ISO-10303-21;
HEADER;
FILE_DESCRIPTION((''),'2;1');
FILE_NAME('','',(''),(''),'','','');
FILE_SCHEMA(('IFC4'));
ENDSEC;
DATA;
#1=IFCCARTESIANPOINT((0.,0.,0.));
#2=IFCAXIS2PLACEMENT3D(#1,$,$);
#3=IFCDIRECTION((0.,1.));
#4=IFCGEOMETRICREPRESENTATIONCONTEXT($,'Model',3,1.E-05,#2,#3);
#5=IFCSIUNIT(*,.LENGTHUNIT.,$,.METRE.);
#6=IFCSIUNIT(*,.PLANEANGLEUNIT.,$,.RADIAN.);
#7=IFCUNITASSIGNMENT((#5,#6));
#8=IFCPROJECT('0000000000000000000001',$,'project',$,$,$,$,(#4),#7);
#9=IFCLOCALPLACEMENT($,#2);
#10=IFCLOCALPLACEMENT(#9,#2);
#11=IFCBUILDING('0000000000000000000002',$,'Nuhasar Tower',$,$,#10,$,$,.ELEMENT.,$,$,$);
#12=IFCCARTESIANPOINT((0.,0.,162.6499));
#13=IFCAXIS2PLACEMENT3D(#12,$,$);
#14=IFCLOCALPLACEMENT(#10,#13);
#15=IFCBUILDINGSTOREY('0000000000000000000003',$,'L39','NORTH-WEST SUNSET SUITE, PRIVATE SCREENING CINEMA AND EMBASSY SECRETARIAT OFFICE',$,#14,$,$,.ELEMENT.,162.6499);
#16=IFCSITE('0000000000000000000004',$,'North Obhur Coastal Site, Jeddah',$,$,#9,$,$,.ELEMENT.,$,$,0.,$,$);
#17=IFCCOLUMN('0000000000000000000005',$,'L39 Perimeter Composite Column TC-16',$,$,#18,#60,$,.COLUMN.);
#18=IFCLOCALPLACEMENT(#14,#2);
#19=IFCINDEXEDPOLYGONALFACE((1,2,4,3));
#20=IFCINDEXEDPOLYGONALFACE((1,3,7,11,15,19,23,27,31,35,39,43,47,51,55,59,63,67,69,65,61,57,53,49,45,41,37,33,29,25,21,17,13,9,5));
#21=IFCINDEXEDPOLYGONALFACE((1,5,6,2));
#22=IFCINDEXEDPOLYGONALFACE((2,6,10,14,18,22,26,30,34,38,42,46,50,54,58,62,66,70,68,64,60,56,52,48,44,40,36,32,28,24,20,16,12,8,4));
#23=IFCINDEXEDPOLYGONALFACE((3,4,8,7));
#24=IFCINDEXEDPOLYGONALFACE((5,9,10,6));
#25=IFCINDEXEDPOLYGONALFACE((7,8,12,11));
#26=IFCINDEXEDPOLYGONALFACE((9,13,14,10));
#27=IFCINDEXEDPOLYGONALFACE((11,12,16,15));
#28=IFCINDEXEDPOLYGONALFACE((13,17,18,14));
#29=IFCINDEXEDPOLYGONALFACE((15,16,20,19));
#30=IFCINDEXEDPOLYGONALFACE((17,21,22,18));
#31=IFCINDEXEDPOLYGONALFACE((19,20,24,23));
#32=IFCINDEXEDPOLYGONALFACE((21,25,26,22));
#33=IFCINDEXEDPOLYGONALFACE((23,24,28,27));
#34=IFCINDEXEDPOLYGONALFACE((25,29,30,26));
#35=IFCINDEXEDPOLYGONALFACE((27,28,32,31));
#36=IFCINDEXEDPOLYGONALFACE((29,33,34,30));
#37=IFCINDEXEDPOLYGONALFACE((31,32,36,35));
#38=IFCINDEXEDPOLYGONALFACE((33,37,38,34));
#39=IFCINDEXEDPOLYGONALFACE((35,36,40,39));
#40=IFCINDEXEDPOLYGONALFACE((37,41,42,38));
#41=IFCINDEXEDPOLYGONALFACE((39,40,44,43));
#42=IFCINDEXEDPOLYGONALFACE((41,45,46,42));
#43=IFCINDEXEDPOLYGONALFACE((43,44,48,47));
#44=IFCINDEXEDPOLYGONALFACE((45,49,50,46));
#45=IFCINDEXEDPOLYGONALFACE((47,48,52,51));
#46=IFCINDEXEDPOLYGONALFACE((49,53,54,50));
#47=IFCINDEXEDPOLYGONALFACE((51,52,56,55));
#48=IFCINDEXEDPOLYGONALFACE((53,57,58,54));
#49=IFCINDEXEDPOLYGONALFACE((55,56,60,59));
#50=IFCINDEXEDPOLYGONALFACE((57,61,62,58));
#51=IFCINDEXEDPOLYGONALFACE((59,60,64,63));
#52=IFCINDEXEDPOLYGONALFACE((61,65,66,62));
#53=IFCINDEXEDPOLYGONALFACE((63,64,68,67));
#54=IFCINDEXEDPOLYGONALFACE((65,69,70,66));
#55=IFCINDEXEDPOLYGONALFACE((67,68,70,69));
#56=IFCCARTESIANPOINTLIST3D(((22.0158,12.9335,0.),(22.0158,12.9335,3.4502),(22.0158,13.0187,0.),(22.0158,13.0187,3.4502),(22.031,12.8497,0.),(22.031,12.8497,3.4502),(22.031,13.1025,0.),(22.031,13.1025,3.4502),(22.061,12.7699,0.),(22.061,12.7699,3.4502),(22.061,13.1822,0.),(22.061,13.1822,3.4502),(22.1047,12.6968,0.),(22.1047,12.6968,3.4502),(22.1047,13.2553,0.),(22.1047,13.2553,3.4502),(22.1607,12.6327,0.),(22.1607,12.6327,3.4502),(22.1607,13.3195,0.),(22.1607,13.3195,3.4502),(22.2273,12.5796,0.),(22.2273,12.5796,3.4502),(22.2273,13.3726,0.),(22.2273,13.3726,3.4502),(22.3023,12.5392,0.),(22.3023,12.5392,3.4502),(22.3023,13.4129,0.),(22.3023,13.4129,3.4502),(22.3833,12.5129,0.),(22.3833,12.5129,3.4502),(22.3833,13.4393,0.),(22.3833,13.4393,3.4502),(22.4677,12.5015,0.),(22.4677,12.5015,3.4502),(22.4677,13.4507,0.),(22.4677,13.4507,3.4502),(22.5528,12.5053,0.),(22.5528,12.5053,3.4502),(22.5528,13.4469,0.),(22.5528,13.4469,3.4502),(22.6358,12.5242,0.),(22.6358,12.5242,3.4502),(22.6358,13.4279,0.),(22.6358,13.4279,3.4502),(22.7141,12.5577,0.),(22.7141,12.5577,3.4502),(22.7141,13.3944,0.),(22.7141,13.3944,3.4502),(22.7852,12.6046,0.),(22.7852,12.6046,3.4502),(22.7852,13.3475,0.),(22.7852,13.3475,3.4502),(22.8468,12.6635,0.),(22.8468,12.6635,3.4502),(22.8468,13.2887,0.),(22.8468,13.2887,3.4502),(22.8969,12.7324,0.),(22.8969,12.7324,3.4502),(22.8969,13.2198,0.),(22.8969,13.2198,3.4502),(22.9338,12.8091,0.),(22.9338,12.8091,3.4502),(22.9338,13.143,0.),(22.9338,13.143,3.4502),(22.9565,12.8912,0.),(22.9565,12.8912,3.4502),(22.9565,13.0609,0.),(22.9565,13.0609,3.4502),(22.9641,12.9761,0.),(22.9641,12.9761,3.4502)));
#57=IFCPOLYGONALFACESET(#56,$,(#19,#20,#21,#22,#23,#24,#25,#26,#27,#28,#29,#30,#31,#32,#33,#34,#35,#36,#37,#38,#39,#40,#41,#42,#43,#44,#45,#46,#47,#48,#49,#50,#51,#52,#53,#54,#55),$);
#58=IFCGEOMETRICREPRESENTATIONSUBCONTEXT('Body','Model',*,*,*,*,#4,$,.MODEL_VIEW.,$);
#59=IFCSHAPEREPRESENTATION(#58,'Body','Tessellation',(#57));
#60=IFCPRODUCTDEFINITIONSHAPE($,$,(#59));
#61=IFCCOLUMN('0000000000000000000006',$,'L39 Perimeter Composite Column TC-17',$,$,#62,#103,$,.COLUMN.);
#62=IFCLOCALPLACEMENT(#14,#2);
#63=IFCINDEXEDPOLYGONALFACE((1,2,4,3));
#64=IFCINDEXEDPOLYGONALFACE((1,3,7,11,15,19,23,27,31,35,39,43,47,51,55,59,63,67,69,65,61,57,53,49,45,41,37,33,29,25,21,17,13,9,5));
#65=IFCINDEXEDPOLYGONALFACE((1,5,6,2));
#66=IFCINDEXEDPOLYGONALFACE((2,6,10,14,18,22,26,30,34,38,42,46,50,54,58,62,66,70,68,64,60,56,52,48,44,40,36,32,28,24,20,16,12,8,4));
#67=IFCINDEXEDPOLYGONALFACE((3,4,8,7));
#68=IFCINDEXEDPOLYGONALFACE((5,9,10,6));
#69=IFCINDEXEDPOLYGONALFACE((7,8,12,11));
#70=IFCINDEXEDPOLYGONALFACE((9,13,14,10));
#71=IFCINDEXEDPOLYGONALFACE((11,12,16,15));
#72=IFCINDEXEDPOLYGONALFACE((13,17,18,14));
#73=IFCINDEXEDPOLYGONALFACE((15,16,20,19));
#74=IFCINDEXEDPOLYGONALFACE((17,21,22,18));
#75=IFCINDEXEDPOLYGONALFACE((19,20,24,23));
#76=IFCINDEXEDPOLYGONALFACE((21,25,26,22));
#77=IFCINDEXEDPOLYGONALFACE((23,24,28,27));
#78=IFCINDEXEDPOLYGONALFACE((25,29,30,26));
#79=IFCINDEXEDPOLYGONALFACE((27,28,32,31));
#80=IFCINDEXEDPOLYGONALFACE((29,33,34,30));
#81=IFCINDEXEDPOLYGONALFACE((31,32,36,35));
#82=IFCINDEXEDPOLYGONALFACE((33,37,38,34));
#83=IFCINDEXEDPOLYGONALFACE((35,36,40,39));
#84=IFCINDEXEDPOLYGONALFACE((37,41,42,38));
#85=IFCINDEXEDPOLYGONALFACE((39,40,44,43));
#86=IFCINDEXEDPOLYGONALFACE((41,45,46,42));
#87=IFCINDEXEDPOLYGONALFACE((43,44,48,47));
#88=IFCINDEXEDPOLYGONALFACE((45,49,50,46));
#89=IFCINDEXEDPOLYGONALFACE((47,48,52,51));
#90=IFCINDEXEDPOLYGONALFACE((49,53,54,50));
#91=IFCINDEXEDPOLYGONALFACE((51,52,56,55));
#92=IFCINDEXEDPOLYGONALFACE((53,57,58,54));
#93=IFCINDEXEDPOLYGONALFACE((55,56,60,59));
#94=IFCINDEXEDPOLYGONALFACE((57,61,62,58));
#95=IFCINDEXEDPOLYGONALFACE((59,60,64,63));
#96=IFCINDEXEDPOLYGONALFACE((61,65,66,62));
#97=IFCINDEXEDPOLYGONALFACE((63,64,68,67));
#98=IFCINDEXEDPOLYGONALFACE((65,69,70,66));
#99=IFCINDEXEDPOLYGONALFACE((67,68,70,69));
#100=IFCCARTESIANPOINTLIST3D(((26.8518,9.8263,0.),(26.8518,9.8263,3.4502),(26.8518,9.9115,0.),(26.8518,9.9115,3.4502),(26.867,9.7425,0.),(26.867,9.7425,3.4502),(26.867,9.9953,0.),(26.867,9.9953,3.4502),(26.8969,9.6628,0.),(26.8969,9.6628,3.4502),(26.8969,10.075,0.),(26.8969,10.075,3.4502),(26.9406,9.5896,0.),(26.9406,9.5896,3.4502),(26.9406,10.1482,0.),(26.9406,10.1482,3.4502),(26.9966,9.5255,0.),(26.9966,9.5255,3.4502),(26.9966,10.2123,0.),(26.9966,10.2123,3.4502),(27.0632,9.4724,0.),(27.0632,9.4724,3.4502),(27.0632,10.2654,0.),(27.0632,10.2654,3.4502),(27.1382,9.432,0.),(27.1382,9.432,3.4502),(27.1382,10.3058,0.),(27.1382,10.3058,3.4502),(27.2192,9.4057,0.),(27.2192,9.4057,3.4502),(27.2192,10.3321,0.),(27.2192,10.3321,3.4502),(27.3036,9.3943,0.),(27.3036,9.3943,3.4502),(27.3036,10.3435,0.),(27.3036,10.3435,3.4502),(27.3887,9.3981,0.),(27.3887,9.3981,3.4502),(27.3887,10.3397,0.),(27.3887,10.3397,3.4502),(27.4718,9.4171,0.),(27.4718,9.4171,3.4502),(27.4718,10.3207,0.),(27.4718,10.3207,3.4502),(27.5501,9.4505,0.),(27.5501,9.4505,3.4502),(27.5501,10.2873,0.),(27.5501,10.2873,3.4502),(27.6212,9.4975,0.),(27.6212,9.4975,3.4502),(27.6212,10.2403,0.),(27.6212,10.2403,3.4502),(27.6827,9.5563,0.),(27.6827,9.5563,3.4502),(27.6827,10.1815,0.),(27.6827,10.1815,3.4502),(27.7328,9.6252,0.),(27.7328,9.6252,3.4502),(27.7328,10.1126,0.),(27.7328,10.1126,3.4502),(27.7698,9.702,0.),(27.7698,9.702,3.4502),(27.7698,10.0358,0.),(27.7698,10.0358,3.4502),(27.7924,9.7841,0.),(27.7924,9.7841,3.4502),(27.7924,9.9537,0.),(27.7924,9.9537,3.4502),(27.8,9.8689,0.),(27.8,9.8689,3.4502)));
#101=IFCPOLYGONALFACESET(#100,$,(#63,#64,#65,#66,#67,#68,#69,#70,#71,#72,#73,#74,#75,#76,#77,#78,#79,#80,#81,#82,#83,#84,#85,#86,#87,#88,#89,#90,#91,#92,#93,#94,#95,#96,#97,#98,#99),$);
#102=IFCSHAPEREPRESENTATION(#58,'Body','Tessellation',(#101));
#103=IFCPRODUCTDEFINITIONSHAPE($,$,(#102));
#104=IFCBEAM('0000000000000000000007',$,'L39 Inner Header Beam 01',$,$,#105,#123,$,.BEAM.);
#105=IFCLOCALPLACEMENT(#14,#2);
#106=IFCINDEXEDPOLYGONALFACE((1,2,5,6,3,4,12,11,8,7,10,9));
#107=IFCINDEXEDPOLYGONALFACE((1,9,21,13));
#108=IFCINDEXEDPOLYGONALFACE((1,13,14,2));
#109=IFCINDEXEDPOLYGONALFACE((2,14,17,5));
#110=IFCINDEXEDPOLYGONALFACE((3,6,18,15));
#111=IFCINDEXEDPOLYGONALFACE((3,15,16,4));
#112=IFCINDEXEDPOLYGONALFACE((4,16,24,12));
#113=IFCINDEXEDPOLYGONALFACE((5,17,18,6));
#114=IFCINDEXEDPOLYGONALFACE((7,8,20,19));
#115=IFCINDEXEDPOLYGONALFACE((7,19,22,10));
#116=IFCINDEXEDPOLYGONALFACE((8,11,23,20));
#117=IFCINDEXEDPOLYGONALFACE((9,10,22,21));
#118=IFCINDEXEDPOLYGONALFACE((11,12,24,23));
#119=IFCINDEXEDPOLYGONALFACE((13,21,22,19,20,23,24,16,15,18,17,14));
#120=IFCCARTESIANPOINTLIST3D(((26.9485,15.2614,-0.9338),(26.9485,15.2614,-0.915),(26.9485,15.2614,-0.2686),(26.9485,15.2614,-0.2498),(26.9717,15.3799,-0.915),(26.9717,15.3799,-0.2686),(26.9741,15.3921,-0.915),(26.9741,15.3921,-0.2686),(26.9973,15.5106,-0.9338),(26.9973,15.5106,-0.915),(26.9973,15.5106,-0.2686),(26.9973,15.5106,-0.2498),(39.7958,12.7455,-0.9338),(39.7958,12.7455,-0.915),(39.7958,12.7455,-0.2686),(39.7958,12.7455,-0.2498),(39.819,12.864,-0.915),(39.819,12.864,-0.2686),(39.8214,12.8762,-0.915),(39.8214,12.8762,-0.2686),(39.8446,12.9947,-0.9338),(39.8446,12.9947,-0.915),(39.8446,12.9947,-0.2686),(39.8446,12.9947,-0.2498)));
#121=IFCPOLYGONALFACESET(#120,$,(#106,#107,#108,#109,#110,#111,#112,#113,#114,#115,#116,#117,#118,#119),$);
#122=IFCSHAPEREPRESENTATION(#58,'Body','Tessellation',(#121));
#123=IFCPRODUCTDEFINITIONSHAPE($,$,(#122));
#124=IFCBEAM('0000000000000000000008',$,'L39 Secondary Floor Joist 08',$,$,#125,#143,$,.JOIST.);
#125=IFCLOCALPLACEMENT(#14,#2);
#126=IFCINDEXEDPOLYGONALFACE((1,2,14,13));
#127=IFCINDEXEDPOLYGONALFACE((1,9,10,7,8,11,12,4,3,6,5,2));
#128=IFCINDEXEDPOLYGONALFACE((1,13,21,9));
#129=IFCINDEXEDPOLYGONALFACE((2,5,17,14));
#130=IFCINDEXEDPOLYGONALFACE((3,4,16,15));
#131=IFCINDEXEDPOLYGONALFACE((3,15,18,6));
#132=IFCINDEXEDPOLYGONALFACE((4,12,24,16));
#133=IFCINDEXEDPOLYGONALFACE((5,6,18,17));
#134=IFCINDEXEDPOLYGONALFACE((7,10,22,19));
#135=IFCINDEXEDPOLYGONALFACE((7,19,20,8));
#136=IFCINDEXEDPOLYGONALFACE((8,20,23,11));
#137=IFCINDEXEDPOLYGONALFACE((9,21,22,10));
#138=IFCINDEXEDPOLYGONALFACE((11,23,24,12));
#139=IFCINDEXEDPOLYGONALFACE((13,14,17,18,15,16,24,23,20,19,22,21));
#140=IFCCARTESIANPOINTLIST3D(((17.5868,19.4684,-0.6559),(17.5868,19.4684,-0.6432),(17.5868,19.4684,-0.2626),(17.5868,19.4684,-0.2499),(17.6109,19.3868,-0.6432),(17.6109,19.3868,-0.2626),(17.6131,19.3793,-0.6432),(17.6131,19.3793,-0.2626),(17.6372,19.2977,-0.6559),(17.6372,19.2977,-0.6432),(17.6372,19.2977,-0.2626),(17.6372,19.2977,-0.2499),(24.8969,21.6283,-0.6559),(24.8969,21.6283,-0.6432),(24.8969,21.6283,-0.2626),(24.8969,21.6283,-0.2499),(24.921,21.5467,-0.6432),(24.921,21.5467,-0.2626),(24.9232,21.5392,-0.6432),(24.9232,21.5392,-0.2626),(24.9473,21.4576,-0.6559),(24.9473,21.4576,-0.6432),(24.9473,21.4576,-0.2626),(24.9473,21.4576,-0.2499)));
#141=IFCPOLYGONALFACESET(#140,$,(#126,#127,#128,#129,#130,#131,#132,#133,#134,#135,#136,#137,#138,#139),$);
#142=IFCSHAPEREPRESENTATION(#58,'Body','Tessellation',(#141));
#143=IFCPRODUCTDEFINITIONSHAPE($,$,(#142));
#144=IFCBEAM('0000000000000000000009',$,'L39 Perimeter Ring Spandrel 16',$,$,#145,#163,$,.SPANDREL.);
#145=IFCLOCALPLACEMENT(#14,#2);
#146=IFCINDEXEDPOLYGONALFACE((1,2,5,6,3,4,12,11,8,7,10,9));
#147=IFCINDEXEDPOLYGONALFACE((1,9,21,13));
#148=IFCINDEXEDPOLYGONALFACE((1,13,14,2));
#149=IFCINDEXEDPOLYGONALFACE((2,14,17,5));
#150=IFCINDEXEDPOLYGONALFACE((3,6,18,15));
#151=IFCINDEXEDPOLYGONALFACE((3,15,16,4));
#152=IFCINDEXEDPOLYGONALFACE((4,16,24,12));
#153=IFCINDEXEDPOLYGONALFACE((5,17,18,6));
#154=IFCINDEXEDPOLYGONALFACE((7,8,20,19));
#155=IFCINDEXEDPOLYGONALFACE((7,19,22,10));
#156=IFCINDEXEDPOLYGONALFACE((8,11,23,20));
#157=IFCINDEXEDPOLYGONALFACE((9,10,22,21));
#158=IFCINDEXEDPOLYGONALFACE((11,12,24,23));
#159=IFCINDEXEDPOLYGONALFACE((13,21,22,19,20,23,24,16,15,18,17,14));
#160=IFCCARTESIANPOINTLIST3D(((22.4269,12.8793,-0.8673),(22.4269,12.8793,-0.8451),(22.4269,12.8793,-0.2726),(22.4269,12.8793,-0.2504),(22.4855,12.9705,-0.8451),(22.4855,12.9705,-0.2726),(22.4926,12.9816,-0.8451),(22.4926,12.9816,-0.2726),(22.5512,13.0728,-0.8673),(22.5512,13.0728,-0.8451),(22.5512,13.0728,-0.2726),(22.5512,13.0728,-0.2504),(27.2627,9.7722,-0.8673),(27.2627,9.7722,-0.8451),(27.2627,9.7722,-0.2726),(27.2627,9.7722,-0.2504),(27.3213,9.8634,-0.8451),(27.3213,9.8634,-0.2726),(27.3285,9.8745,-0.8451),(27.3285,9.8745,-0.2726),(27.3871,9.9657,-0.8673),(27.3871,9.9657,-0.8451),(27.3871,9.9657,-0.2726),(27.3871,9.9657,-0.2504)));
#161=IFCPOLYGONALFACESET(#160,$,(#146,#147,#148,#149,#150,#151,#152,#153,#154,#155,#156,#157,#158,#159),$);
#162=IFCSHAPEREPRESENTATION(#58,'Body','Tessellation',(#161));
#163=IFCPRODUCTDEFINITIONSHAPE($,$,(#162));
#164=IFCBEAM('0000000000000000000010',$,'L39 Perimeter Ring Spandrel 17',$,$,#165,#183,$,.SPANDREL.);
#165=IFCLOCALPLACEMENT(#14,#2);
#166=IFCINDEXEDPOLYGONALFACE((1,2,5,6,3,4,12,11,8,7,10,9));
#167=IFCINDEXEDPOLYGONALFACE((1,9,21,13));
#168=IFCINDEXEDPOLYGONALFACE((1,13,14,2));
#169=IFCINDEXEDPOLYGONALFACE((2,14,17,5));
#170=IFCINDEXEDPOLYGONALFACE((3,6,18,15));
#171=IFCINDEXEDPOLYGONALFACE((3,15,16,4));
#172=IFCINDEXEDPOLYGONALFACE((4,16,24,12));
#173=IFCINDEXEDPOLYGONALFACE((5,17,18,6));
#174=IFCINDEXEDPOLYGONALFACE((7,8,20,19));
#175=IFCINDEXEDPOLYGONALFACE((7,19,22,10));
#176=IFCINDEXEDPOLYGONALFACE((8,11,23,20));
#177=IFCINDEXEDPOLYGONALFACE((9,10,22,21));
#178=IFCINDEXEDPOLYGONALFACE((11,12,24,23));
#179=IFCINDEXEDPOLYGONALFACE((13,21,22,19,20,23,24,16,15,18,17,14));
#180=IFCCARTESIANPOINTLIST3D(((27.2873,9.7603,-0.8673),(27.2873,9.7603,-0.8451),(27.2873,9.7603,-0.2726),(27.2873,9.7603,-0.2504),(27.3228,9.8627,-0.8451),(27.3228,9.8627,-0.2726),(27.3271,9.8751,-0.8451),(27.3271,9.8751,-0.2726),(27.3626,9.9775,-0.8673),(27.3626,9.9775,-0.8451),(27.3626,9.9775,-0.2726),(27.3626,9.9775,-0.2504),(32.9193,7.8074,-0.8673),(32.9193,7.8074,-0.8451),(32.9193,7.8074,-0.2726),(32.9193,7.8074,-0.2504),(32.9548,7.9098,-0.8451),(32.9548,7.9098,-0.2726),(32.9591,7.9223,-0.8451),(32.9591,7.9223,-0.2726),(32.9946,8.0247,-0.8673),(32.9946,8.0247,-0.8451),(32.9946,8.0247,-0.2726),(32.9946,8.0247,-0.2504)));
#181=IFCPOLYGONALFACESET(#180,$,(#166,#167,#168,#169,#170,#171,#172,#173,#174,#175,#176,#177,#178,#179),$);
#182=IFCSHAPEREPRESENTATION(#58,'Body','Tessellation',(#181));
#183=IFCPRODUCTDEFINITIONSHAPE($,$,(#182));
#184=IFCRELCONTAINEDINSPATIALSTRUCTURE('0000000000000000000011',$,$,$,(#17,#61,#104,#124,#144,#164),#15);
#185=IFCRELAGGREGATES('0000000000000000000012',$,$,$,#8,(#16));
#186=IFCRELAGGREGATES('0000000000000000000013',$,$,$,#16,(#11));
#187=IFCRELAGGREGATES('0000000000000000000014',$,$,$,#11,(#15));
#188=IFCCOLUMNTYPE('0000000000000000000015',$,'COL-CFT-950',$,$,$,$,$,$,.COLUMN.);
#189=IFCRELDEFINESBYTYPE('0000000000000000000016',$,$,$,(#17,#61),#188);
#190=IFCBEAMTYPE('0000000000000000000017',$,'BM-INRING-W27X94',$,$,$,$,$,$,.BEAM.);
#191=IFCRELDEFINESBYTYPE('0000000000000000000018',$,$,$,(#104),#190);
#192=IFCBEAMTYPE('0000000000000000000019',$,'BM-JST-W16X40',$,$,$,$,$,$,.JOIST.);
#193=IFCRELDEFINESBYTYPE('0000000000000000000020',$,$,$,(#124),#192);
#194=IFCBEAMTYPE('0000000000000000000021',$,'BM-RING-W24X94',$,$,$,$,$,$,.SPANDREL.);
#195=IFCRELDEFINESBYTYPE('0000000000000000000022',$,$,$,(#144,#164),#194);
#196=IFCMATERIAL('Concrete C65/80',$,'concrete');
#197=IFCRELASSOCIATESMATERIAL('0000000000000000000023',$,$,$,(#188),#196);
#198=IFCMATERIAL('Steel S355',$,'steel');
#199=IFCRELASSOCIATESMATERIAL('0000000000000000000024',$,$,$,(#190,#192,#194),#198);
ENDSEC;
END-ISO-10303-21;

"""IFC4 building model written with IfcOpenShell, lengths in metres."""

from ifc_helpers import new_model, si_unit, direction, frame, origin, origin_2d, place, context, subcontext, project, spatial, circle, i_section, extrude, material, material_profile, profile_set, type_object, element, save


model = new_model("IFC4")

# Units and contexts
model_context = context("Model", 3, precision=1e-05, world=origin(), true_north=direction((0.0, 1.0)))
body_context = subcontext(model_context, "Body", "Model", "MODEL_VIEW")
ifc_project = project(units=[si_unit("LENGTHUNIT", "METRE"), si_unit("PLANEANGLEUNIT", "RADIAN")], contexts=[model_context])

# Site, building, storey
site_placement = place(None, origin())
site = spatial("IfcSite", under=ifc_project, at=site_placement, Name="North Obhur Coastal Site, Jeddah", CompositionType="ELEMENT", RefElevation=0.0)
building_placement = place(site_placement, origin())
building = spatial("IfcBuilding", under=site, at=building_placement, Name="Nuhasar Tower", CompositionType="ELEMENT")
storey_placement = place(building_placement, frame((0.0, 0.0, 162.6499)))
storey = spatial("IfcBuildingStorey", under=building, at=storey_placement, Name="L39", Description="NORTH-WEST SUNSET SUITE, PRIVATE SCREENING CINEMA AND EMBASSY SECRETARIAT OFFICE", CompositionType="ELEMENT", Elevation=162.6499)

# Columns
ifc_material_1 = material(Name="Concrete C65/80", Category="concrete")
ifc_material_profile_1 = material_profile(ifc_material_1, circle(Radius=0.4751, at=origin_2d()), Name="CFT950")
ifc_profile_set_1 = profile_set([ifc_material_profile_1], Name="Concrete C65/80")
column_type = type_object("IfcColumnType", Name="COL-CFT-950", PredefinedType="COLUMN", material=ifc_profile_set_1)
for number, where, z_axis, x_axis, name in (
    (1, (22.489, 12.9761, 0.0), (0.0, 0.0, 1.0), (1.0, 0.0, 0.0), "L39 Perimeter Composite Column TC-16"),
    (2, (27.325, 9.8689, 0.0), (0.0, 0.0, 1.0), (1.0, 0.0, 0.0), "L39 Perimeter Composite Column TC-17"),
):
    element("IfcColumn", number, at=place(storey_placement, frame(where, z_axis=z_axis, x_axis=x_axis)), inside=storey, type_object=column_type, Name=name, PredefinedType="COLUMN", context=body_context, shape_type="SweptSolid", body=[
        extrude(circle(Radius=0.4751, at=origin_2d()), origin(), (0.0, 0.0, 1.0), 3.4502),
    ])

# Beams
ifc_material_2 = material(Name="Steel S355", Category="steel")
ifc_material_profile_2 = material_profile(ifc_material_2, i_section(OverallWidth=0.2539, OverallDepth=0.6841, WebThickness=0.0125, FlangeThickness=0.0188, at=origin_2d()), Name="W27X94")
ifc_profile_set_2 = profile_set([ifc_material_profile_2], Name="Steel S355")
beam_type_1 = type_object("IfcBeamType", Name="BM-INRING-W27X94", PredefinedType="BEAM", material=ifc_profile_set_2)
beam_1_placement = place(storey_placement, frame((26.9729, 15.386, -0.5918), z_axis=(0.98136, -0.19218, 0.0), x_axis=(0.19218, 0.98136, 0.0)))
element("IfcBeam", 3, at=beam_1_placement, inside=storey, type_object=beam_type_1, Name="L39 Inner Header Beam 01", PredefinedType="BEAM", context=body_context, shape_type="SweptSolid", body=[
    extrude(i_section(OverallWidth=0.2539, OverallDepth=0.6841, WebThickness=0.0125, FlangeThickness=0.0188, at=origin_2d()), origin(), (0.0, 0.0, 1.0), 13.0913),
])
ifc_material_profile_3 = material_profile(ifc_material_2, i_section(OverallWidth=0.178, OverallDepth=0.406, WebThickness=0.0078, FlangeThickness=0.0127, at=origin_2d()), Name="W16X40")
ifc_profile_set_3 = profile_set([ifc_material_profile_3], Name="Steel S355")
beam_type_2 = type_object("IfcBeamType", Name="BM-JST-W16X40", PredefinedType="JOIST", material=ifc_profile_set_3)
beam_2_placement = place(storey_placement, frame((24.9221, 21.543, -0.4529), z_axis=(-0.959013, -0.283361, 0.0), x_axis=(0.283361, -0.959013, 0.0)))
element("IfcBeam", 4, at=beam_2_placement, inside=storey, type_object=beam_type_2, Name="L39 Secondary Floor Joist 08", PredefinedType="JOIST", context=body_context, shape_type="SweptSolid", body=[
    extrude(i_section(OverallWidth=0.178, OverallDepth=0.406, WebThickness=0.0078, FlangeThickness=0.0127, at=origin_2d()), origin(), (0.0, 0.0, 1.0), 7.6226),
])
ifc_material_profile_4 = material_profile(ifc_material_2, i_section(OverallWidth=0.23, OverallDepth=0.6169, WebThickness=0.0132, FlangeThickness=0.0222, at=origin_2d()), Name="W24X94")
ifc_profile_set_4 = profile_set([ifc_material_profile_4], Name="Steel S355")
beam_type_3 = type_object("IfcBeamType", Name="BM-RING-W24X94", PredefinedType="SPANDREL", material=ifc_profile_set_4)
beam_3_placement = place(storey_placement, frame((22.489, 12.9761, -0.5588), z_axis=(0.841308, -0.540556, 0.0), x_axis=(0.540556, 0.841308, 0.0)))
element("IfcBeam", 5, at=beam_3_placement, inside=storey, type_object=beam_type_3, Name="L39 Perimeter Ring Spandrel 16", PredefinedType="SPANDREL", context=body_context, shape_type="SweptSolid", body=[
    extrude(i_section(OverallWidth=0.23, OverallDepth=0.6169, WebThickness=0.0132, FlangeThickness=0.0222, at=origin_2d()), origin(), (0.0, 0.0, 1.0), 5.748),
])
beam_4_placement = place(storey_placement, frame((27.325, 9.8689, -0.5588), z_axis=(0.944814, -0.327607, 0.0), x_axis=(0.327607, 0.944814, 0.0)))
element("IfcBeam", 6, at=beam_4_placement, inside=storey, type_object=beam_type_3, Name="L39 Perimeter Ring Spandrel 17", PredefinedType="SPANDREL", context=body_context, shape_type="SweptSolid", body=[
    extrude(i_section(OverallWidth=0.23, OverallDepth=0.6169, WebThickness=0.0132, FlangeThickness=0.0222, at=origin_2d()), origin(), (0.0, 0.0, 1.0), 5.9609),
])

save(model, "model.ifc")
